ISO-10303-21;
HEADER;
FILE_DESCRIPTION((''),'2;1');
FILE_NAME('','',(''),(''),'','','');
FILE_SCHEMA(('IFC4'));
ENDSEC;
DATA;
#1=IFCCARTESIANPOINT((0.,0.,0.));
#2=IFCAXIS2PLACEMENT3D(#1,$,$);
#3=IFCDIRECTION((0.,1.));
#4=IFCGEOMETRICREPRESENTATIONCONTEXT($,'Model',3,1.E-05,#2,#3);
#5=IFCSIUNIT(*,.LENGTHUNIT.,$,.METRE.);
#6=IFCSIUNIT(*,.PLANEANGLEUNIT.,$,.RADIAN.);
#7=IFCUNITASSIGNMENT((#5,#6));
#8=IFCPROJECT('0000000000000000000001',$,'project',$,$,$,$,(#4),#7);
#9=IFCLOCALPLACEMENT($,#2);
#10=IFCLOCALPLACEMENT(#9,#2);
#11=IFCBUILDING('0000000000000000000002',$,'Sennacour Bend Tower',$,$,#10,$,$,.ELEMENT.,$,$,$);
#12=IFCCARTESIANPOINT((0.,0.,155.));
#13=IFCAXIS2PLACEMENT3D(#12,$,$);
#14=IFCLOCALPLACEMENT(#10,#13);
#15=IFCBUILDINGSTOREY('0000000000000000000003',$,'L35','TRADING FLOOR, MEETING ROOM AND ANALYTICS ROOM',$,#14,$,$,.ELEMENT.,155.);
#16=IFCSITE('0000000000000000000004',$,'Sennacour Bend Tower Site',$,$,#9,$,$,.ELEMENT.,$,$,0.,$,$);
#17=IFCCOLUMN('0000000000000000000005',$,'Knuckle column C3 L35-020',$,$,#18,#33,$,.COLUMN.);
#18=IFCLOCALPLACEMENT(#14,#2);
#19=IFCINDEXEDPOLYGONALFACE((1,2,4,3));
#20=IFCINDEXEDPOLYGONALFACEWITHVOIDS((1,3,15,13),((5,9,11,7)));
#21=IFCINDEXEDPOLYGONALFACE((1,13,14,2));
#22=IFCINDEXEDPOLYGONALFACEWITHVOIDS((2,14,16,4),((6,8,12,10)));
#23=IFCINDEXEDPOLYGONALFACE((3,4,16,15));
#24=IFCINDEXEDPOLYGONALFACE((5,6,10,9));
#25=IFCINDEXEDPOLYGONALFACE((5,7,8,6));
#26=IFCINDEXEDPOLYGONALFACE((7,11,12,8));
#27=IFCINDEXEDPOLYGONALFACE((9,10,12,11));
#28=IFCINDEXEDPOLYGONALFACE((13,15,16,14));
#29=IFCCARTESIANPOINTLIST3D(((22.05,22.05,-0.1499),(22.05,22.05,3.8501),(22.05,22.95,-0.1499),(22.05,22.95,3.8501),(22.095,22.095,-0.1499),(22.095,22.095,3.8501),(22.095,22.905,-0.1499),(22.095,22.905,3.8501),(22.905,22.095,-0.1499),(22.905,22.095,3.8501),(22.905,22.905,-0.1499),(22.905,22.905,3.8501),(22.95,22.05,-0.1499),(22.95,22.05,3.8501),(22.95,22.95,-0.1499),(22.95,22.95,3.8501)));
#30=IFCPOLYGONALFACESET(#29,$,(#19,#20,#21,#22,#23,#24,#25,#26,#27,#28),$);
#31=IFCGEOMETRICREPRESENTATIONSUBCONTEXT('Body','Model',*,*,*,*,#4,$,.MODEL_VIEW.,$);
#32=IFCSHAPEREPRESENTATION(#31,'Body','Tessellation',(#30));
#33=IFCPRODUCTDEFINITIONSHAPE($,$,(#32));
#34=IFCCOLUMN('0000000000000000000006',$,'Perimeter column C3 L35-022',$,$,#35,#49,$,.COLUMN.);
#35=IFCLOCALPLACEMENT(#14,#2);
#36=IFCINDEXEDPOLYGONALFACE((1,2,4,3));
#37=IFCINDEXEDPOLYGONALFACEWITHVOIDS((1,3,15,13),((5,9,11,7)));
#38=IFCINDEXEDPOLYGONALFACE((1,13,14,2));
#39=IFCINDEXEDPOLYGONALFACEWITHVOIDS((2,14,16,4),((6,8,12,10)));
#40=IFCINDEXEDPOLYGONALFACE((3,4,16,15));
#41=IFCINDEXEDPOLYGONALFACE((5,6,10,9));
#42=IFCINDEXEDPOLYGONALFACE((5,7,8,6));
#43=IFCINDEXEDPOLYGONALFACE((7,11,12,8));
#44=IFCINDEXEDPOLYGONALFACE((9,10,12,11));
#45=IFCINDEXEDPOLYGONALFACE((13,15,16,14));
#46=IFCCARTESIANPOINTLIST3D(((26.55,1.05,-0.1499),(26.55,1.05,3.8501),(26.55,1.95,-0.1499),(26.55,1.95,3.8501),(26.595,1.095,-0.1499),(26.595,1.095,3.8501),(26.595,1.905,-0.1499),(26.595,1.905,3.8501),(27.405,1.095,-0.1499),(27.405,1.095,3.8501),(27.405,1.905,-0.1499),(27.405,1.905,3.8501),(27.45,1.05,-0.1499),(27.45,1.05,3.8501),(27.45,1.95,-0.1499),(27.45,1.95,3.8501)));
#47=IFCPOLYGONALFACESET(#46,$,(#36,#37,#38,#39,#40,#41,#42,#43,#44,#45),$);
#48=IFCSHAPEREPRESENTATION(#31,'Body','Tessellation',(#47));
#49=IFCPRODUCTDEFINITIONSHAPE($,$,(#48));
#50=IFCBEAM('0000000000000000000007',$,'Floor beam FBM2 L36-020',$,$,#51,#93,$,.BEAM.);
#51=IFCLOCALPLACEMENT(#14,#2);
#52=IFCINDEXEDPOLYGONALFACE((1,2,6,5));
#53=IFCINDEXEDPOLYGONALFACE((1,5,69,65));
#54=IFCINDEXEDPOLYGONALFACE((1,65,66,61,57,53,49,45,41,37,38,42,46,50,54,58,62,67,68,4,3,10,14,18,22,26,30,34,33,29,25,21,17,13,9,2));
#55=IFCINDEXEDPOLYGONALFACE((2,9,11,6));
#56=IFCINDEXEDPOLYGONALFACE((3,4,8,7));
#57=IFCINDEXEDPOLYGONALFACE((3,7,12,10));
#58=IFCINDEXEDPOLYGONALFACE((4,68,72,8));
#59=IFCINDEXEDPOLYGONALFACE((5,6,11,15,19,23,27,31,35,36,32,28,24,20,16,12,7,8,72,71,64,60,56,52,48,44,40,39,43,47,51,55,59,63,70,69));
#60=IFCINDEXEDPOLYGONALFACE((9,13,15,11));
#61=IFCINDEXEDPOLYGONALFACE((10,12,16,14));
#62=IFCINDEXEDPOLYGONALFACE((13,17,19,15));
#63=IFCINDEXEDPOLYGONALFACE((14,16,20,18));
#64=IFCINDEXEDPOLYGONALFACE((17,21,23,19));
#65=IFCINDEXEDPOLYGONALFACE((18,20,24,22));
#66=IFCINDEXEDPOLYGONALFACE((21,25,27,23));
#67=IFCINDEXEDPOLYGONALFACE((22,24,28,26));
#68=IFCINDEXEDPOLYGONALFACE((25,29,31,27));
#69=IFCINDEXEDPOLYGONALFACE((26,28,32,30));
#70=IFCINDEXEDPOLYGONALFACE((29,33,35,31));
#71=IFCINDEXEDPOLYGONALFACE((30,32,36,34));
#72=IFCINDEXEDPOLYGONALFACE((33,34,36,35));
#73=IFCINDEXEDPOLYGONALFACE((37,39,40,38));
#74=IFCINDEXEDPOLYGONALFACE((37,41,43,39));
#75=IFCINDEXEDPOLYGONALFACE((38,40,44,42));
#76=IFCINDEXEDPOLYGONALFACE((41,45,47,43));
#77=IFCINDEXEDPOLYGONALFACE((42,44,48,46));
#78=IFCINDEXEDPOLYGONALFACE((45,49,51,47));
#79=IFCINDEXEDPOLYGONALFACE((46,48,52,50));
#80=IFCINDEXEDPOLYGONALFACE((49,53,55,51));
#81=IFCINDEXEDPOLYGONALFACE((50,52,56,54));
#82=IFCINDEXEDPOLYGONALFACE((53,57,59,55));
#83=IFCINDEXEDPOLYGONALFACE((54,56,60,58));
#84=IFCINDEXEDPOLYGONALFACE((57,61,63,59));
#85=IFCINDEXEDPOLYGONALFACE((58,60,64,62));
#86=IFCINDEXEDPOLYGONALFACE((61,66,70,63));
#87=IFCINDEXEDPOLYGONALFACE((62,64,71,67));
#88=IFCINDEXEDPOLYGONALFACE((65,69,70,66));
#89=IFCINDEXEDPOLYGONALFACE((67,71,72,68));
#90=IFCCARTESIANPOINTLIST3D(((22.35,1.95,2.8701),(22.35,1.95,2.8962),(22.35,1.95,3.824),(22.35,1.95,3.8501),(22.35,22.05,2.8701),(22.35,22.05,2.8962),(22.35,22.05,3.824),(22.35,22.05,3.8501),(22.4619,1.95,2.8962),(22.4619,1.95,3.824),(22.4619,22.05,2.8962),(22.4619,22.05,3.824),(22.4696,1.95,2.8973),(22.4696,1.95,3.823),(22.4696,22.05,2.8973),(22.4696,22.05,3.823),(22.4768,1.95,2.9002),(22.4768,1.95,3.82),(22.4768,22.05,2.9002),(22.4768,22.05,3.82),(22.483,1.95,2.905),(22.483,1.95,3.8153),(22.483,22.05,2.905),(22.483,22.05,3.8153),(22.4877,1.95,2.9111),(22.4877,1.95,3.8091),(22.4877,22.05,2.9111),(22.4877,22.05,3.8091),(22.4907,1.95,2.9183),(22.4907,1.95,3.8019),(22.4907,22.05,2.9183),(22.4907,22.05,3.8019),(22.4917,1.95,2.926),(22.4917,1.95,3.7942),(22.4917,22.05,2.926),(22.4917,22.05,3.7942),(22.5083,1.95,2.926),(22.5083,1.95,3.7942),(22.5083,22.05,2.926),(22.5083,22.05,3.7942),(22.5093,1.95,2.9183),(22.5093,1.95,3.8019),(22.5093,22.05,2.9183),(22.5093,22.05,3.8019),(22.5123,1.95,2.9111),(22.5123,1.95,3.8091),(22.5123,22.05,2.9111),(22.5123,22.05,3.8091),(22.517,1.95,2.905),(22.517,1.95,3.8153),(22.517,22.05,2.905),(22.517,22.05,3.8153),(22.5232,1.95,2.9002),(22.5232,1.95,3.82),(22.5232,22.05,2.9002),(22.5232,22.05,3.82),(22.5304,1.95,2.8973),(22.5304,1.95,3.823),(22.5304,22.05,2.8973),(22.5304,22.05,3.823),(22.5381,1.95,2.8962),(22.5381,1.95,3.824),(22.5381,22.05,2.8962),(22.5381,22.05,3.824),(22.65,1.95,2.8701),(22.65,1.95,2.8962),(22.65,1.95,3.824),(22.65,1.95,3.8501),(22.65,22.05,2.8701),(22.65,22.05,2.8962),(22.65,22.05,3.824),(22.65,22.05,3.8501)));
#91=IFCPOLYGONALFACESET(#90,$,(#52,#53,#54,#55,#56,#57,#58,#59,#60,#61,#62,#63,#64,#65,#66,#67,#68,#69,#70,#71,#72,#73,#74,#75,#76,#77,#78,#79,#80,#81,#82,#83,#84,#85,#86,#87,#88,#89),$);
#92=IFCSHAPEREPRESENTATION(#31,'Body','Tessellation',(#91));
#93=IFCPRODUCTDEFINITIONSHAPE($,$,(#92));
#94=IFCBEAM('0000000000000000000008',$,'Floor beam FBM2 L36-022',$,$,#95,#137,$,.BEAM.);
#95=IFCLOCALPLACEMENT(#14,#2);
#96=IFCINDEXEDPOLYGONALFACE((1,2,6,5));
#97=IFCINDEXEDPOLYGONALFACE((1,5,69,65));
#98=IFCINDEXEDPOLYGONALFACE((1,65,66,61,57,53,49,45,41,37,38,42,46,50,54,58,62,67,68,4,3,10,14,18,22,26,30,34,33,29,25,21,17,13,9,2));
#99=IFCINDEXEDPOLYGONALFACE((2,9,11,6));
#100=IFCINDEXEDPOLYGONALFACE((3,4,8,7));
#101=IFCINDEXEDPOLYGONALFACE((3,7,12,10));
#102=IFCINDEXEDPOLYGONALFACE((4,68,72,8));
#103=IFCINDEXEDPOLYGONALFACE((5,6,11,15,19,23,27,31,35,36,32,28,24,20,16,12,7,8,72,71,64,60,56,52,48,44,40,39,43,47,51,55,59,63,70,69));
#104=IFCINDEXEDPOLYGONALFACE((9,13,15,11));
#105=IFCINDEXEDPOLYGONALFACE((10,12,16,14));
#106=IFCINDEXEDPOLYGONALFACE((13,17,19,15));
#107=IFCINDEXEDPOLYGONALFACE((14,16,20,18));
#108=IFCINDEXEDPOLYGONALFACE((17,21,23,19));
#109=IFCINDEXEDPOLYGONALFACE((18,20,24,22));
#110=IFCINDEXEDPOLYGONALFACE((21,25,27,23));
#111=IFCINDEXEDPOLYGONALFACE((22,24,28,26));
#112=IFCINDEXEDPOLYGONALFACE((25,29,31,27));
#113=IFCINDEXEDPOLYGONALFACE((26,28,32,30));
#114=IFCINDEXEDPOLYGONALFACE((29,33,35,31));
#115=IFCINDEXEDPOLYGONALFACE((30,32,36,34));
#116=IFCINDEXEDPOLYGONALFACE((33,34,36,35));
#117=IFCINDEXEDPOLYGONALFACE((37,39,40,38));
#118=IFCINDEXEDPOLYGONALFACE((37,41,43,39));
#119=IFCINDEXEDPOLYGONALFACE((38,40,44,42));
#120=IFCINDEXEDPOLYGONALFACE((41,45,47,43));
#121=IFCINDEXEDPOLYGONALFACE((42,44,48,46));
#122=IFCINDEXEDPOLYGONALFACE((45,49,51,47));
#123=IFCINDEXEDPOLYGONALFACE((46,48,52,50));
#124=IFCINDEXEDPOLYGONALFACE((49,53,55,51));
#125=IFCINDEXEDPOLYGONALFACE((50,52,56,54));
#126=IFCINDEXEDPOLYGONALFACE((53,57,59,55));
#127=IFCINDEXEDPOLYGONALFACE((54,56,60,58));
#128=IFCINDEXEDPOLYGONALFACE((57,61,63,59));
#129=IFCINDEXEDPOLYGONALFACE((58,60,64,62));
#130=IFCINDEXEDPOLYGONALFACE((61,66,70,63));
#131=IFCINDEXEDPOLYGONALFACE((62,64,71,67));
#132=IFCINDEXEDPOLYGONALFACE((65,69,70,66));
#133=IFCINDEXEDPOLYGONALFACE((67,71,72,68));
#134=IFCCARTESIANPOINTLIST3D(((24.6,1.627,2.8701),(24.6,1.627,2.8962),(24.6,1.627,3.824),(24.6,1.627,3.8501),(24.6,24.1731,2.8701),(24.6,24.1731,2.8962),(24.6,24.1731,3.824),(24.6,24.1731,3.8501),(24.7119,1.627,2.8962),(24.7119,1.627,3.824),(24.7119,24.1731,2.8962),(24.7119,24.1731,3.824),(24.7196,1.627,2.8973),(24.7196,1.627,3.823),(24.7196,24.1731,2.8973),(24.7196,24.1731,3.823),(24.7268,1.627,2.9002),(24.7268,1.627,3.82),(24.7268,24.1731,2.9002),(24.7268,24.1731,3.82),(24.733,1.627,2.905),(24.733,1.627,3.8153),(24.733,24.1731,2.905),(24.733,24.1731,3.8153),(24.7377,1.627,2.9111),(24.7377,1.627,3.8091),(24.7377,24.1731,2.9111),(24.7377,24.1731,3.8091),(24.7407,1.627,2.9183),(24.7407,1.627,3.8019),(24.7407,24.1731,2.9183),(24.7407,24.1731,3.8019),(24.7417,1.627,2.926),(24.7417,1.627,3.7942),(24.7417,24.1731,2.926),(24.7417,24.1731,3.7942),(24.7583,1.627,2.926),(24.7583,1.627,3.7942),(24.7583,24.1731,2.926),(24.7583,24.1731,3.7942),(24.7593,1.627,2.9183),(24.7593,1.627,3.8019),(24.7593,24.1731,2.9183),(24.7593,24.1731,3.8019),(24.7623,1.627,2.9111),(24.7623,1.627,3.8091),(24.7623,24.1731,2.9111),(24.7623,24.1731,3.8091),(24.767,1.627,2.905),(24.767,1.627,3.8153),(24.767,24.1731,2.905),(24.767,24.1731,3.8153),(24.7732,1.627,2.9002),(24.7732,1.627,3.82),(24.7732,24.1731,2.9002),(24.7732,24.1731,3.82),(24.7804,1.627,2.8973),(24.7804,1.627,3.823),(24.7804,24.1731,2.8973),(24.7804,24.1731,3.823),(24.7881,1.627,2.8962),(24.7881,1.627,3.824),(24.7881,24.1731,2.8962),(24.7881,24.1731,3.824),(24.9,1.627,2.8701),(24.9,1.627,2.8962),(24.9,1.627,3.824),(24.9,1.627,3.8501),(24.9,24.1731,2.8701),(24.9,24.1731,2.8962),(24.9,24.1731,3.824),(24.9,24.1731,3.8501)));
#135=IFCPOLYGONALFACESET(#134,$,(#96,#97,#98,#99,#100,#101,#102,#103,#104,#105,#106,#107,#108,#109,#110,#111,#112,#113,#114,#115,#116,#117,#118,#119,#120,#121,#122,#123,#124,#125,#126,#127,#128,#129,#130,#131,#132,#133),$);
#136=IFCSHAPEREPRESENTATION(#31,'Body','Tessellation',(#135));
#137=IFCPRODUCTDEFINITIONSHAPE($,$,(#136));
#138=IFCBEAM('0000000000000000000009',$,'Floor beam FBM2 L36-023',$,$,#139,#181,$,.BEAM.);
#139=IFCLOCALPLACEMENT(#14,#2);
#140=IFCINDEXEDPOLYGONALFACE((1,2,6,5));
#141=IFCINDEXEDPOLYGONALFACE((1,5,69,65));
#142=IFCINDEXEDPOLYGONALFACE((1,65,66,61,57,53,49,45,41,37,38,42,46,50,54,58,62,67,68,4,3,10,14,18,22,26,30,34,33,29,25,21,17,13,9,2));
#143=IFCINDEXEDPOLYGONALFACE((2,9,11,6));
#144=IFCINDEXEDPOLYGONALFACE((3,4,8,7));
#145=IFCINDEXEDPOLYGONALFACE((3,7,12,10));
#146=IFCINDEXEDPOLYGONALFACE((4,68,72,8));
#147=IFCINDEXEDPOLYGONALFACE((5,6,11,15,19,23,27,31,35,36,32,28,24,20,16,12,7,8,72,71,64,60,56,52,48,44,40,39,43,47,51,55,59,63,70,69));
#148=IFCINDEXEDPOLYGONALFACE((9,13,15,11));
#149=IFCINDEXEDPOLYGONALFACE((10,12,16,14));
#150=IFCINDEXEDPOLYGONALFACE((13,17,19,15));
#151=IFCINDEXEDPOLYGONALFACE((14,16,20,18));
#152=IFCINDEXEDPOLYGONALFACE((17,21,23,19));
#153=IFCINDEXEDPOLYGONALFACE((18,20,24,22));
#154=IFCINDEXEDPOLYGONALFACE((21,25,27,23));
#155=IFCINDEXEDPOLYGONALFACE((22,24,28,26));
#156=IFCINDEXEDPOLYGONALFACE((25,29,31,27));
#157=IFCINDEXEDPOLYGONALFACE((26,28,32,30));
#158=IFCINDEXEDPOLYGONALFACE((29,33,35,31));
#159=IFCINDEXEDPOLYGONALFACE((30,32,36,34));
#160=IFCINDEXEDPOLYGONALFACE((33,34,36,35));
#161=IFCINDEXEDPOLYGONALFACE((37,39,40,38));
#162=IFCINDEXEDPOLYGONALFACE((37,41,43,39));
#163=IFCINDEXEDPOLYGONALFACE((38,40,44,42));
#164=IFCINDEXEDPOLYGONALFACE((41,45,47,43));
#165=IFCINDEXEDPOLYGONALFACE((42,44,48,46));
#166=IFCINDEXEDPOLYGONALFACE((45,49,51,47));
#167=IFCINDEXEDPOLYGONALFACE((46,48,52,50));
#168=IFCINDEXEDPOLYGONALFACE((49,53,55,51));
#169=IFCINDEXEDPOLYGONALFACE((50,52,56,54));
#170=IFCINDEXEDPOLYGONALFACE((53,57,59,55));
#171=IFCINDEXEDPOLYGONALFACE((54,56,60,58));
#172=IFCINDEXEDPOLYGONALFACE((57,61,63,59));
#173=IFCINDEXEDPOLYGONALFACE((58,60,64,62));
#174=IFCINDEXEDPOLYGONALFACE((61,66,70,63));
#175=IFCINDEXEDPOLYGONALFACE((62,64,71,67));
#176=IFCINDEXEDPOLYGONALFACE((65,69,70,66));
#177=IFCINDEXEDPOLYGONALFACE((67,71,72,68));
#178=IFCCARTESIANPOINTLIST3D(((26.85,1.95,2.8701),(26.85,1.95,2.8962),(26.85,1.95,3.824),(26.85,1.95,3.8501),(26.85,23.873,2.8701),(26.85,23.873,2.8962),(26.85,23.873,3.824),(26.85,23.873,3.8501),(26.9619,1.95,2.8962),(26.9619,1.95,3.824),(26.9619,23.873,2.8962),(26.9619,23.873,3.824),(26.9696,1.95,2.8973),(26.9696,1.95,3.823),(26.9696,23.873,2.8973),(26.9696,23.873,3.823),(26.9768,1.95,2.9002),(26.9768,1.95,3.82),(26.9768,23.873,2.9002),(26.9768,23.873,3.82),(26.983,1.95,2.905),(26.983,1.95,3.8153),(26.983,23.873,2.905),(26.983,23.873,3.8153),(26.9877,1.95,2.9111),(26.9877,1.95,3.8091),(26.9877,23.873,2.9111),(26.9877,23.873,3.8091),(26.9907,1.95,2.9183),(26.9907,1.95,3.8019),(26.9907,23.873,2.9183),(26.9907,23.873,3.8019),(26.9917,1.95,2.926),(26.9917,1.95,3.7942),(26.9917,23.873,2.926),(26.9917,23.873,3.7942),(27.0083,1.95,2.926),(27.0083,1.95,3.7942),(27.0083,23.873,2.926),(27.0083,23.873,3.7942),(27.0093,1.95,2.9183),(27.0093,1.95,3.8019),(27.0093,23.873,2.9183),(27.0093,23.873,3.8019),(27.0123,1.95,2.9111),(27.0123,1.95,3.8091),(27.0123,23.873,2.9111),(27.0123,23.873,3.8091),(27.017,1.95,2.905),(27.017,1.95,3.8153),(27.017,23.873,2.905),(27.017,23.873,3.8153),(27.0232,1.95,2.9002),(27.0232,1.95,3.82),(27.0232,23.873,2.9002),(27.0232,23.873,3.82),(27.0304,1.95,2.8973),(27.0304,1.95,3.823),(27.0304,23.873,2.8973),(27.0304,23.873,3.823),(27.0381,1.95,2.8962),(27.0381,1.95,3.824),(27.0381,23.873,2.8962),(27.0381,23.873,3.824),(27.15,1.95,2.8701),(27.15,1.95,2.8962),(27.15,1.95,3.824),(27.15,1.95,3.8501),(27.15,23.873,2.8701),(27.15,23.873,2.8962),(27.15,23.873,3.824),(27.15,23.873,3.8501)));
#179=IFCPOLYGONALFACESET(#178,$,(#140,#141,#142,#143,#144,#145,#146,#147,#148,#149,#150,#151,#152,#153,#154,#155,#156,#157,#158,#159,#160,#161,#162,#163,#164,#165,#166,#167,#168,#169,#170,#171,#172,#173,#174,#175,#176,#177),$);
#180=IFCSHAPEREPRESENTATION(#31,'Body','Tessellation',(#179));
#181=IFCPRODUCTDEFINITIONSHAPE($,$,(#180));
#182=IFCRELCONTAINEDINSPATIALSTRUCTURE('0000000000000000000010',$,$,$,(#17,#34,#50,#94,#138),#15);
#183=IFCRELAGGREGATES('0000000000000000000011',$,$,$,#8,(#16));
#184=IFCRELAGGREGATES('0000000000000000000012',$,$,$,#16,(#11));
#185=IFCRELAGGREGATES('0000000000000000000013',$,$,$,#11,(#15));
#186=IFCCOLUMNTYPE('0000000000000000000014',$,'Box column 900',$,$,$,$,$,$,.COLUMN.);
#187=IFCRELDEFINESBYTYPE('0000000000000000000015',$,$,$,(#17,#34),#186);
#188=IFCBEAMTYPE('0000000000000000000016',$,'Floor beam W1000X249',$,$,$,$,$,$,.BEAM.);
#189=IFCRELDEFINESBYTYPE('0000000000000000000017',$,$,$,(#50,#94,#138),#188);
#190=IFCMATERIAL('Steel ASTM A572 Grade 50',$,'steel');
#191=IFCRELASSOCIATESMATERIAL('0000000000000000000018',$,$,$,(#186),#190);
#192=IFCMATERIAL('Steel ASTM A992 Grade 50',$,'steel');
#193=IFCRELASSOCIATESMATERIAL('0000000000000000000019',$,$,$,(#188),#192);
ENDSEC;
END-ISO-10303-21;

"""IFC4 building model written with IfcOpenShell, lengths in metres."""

from ifc_helpers import new_model, si_unit, direction, frame, origin, origin_2d, place, context, subcontext, project, spatial, hollow_rectangle, i_section, extrude, material, material_profile, profile_set, type_object, element, save


model = new_model("IFC4")

# Units and contexts
model_context = context("Model", 3, precision=1e-05, world=origin(), true_north=direction((0.0, 1.0)))
body_context = subcontext(model_context, "Body", "Model", "MODEL_VIEW")
ifc_project = project(units=[si_unit("LENGTHUNIT", "METRE"), si_unit("PLANEANGLEUNIT", "RADIAN")], contexts=[model_context])

# Site, building, storey
site_placement = place(None, origin())
site = spatial("IfcSite", under=ifc_project, at=site_placement, Name="Sennacour Bend Tower Site", CompositionType="ELEMENT", RefElevation=0.0)
building_placement = place(site_placement, origin())
building = spatial("IfcBuilding", under=site, at=building_placement, Name="Sennacour Bend Tower", CompositionType="ELEMENT")
storey_placement = place(building_placement, frame((0.0, 0.0, 155.0)))
storey = spatial("IfcBuildingStorey", under=building, at=storey_placement, Name="L35", Description="TRADING FLOOR, MEETING ROOM AND ANALYTICS ROOM", CompositionType="ELEMENT", Elevation=155.0)

# Columns
ifc_material_1 = material(Name="Steel ASTM A572 Grade 50", Category="steel")
ifc_material_profile_1 = material_profile(ifc_material_1, hollow_rectangle(XDim=0.8999, YDim=0.8999, WallThickness=0.0449, at=origin_2d()), Name="Steel ASTM A572 Grade 50", Category="steel")
ifc_profile_set_1 = profile_set([ifc_material_profile_1], Name="Steel ASTM A572 Grade 50")
column_type = type_object("IfcColumnType", Name="Box column 900", PredefinedType="COLUMN", material=ifc_profile_set_1)
for number, where, z_axis, x_axis, name in (
    (1, (22.5, 22.5, -0.1499), (0.0, 0.0, 1.0), (1.0, 0.0, 0.0), "Knuckle column C3 L35-020"),
    (2, (27.0, 1.5, -0.1499), (0.0, 0.0, 1.0), (1.0, 0.0, 0.0), "Perimeter column C3 L35-022"),
):
    element("IfcColumn", number, at=place(storey_placement, frame(where, z_axis=z_axis, x_axis=x_axis)), inside=storey, type_object=column_type, Name=name, PredefinedType="COLUMN", context=body_context, shape_type="SweptSolid", body=[
        extrude(hollow_rectangle(XDim=0.8999, YDim=0.8999, WallThickness=0.0449, at=origin_2d()), origin(), (0.0, 0.0, 1.0), 4.0),
    ])

# Beams
ifc_material_2 = material(Name="Steel ASTM A992 Grade 50", Category="steel")
ifc_material_profile_2 = material_profile(ifc_material_2, i_section(OverallWidth=0.3, OverallDepth=0.98, WebThickness=0.0166, FlangeThickness=0.0261, FilletRadius=0.0298, at=origin_2d()), Name="Steel ASTM A992 Grade 50", Category="steel")
ifc_profile_set_2 = profile_set([ifc_material_profile_2], Name="Steel ASTM A992 Grade 50")
beam_type_1 = type_object("IfcBeamType", Name="Floor beam W1000X249", PredefinedType="BEAM", material=ifc_profile_set_2)
beam_1_placement = place(storey_placement, frame((22.5, 1.95, 3.3601), z_axis=(0.0, 1.0, 0.0), x_axis=(-1.0, 0.0, 0.0)))
element("IfcBeam", 3, at=beam_1_placement, inside=storey, type_object=beam_type_1, Name="Floor beam FBM2 L36-020", PredefinedType="BEAM", context=body_context, shape_type="SweptSolid", body=[
    extrude(i_section(OverallWidth=0.3, OverallDepth=0.98, WebThickness=0.0166, FlangeThickness=0.0261, FilletRadius=0.0298, at=origin_2d()), origin(), (0.0, 0.0, 1.0), 20.1001),
])
beam_2_placement = place(storey_placement, frame((24.75, 1.627, 3.3601), z_axis=(0.0, 1.0, 0.0), x_axis=(-1.0, 0.0, 0.0)))
element("IfcBeam", 4, at=beam_2_placement, inside=storey, type_object=beam_type_1, Name="Floor beam FBM2 L36-022", PredefinedType="BEAM", context=body_context, shape_type="SweptSolid", body=[
    extrude(i_section(OverallWidth=0.3, OverallDepth=0.98, WebThickness=0.0166, FlangeThickness=0.0261, FilletRadius=0.0298, at=origin_2d()), origin(), (0.0, 0.0, 1.0), 22.5461),
])
beam_3_placement = place(storey_placement, frame((27.0, 1.95, 3.3601), z_axis=(0.0, 1.0, 0.0), x_axis=(-1.0, 0.0, 0.0)))
element("IfcBeam", 5, at=beam_3_placement, inside=storey, type_object=beam_type_1, Name="Floor beam FBM2 L36-023", PredefinedType="BEAM", context=body_context, shape_type="SweptSolid", body=[
    extrude(i_section(OverallWidth=0.3, OverallDepth=0.98, WebThickness=0.0166, FlangeThickness=0.0261, FilletRadius=0.0298, at=origin_2d()), origin(), (0.0, 0.0, 1.0), 21.9231),
])

save(model, "model.ifc")
